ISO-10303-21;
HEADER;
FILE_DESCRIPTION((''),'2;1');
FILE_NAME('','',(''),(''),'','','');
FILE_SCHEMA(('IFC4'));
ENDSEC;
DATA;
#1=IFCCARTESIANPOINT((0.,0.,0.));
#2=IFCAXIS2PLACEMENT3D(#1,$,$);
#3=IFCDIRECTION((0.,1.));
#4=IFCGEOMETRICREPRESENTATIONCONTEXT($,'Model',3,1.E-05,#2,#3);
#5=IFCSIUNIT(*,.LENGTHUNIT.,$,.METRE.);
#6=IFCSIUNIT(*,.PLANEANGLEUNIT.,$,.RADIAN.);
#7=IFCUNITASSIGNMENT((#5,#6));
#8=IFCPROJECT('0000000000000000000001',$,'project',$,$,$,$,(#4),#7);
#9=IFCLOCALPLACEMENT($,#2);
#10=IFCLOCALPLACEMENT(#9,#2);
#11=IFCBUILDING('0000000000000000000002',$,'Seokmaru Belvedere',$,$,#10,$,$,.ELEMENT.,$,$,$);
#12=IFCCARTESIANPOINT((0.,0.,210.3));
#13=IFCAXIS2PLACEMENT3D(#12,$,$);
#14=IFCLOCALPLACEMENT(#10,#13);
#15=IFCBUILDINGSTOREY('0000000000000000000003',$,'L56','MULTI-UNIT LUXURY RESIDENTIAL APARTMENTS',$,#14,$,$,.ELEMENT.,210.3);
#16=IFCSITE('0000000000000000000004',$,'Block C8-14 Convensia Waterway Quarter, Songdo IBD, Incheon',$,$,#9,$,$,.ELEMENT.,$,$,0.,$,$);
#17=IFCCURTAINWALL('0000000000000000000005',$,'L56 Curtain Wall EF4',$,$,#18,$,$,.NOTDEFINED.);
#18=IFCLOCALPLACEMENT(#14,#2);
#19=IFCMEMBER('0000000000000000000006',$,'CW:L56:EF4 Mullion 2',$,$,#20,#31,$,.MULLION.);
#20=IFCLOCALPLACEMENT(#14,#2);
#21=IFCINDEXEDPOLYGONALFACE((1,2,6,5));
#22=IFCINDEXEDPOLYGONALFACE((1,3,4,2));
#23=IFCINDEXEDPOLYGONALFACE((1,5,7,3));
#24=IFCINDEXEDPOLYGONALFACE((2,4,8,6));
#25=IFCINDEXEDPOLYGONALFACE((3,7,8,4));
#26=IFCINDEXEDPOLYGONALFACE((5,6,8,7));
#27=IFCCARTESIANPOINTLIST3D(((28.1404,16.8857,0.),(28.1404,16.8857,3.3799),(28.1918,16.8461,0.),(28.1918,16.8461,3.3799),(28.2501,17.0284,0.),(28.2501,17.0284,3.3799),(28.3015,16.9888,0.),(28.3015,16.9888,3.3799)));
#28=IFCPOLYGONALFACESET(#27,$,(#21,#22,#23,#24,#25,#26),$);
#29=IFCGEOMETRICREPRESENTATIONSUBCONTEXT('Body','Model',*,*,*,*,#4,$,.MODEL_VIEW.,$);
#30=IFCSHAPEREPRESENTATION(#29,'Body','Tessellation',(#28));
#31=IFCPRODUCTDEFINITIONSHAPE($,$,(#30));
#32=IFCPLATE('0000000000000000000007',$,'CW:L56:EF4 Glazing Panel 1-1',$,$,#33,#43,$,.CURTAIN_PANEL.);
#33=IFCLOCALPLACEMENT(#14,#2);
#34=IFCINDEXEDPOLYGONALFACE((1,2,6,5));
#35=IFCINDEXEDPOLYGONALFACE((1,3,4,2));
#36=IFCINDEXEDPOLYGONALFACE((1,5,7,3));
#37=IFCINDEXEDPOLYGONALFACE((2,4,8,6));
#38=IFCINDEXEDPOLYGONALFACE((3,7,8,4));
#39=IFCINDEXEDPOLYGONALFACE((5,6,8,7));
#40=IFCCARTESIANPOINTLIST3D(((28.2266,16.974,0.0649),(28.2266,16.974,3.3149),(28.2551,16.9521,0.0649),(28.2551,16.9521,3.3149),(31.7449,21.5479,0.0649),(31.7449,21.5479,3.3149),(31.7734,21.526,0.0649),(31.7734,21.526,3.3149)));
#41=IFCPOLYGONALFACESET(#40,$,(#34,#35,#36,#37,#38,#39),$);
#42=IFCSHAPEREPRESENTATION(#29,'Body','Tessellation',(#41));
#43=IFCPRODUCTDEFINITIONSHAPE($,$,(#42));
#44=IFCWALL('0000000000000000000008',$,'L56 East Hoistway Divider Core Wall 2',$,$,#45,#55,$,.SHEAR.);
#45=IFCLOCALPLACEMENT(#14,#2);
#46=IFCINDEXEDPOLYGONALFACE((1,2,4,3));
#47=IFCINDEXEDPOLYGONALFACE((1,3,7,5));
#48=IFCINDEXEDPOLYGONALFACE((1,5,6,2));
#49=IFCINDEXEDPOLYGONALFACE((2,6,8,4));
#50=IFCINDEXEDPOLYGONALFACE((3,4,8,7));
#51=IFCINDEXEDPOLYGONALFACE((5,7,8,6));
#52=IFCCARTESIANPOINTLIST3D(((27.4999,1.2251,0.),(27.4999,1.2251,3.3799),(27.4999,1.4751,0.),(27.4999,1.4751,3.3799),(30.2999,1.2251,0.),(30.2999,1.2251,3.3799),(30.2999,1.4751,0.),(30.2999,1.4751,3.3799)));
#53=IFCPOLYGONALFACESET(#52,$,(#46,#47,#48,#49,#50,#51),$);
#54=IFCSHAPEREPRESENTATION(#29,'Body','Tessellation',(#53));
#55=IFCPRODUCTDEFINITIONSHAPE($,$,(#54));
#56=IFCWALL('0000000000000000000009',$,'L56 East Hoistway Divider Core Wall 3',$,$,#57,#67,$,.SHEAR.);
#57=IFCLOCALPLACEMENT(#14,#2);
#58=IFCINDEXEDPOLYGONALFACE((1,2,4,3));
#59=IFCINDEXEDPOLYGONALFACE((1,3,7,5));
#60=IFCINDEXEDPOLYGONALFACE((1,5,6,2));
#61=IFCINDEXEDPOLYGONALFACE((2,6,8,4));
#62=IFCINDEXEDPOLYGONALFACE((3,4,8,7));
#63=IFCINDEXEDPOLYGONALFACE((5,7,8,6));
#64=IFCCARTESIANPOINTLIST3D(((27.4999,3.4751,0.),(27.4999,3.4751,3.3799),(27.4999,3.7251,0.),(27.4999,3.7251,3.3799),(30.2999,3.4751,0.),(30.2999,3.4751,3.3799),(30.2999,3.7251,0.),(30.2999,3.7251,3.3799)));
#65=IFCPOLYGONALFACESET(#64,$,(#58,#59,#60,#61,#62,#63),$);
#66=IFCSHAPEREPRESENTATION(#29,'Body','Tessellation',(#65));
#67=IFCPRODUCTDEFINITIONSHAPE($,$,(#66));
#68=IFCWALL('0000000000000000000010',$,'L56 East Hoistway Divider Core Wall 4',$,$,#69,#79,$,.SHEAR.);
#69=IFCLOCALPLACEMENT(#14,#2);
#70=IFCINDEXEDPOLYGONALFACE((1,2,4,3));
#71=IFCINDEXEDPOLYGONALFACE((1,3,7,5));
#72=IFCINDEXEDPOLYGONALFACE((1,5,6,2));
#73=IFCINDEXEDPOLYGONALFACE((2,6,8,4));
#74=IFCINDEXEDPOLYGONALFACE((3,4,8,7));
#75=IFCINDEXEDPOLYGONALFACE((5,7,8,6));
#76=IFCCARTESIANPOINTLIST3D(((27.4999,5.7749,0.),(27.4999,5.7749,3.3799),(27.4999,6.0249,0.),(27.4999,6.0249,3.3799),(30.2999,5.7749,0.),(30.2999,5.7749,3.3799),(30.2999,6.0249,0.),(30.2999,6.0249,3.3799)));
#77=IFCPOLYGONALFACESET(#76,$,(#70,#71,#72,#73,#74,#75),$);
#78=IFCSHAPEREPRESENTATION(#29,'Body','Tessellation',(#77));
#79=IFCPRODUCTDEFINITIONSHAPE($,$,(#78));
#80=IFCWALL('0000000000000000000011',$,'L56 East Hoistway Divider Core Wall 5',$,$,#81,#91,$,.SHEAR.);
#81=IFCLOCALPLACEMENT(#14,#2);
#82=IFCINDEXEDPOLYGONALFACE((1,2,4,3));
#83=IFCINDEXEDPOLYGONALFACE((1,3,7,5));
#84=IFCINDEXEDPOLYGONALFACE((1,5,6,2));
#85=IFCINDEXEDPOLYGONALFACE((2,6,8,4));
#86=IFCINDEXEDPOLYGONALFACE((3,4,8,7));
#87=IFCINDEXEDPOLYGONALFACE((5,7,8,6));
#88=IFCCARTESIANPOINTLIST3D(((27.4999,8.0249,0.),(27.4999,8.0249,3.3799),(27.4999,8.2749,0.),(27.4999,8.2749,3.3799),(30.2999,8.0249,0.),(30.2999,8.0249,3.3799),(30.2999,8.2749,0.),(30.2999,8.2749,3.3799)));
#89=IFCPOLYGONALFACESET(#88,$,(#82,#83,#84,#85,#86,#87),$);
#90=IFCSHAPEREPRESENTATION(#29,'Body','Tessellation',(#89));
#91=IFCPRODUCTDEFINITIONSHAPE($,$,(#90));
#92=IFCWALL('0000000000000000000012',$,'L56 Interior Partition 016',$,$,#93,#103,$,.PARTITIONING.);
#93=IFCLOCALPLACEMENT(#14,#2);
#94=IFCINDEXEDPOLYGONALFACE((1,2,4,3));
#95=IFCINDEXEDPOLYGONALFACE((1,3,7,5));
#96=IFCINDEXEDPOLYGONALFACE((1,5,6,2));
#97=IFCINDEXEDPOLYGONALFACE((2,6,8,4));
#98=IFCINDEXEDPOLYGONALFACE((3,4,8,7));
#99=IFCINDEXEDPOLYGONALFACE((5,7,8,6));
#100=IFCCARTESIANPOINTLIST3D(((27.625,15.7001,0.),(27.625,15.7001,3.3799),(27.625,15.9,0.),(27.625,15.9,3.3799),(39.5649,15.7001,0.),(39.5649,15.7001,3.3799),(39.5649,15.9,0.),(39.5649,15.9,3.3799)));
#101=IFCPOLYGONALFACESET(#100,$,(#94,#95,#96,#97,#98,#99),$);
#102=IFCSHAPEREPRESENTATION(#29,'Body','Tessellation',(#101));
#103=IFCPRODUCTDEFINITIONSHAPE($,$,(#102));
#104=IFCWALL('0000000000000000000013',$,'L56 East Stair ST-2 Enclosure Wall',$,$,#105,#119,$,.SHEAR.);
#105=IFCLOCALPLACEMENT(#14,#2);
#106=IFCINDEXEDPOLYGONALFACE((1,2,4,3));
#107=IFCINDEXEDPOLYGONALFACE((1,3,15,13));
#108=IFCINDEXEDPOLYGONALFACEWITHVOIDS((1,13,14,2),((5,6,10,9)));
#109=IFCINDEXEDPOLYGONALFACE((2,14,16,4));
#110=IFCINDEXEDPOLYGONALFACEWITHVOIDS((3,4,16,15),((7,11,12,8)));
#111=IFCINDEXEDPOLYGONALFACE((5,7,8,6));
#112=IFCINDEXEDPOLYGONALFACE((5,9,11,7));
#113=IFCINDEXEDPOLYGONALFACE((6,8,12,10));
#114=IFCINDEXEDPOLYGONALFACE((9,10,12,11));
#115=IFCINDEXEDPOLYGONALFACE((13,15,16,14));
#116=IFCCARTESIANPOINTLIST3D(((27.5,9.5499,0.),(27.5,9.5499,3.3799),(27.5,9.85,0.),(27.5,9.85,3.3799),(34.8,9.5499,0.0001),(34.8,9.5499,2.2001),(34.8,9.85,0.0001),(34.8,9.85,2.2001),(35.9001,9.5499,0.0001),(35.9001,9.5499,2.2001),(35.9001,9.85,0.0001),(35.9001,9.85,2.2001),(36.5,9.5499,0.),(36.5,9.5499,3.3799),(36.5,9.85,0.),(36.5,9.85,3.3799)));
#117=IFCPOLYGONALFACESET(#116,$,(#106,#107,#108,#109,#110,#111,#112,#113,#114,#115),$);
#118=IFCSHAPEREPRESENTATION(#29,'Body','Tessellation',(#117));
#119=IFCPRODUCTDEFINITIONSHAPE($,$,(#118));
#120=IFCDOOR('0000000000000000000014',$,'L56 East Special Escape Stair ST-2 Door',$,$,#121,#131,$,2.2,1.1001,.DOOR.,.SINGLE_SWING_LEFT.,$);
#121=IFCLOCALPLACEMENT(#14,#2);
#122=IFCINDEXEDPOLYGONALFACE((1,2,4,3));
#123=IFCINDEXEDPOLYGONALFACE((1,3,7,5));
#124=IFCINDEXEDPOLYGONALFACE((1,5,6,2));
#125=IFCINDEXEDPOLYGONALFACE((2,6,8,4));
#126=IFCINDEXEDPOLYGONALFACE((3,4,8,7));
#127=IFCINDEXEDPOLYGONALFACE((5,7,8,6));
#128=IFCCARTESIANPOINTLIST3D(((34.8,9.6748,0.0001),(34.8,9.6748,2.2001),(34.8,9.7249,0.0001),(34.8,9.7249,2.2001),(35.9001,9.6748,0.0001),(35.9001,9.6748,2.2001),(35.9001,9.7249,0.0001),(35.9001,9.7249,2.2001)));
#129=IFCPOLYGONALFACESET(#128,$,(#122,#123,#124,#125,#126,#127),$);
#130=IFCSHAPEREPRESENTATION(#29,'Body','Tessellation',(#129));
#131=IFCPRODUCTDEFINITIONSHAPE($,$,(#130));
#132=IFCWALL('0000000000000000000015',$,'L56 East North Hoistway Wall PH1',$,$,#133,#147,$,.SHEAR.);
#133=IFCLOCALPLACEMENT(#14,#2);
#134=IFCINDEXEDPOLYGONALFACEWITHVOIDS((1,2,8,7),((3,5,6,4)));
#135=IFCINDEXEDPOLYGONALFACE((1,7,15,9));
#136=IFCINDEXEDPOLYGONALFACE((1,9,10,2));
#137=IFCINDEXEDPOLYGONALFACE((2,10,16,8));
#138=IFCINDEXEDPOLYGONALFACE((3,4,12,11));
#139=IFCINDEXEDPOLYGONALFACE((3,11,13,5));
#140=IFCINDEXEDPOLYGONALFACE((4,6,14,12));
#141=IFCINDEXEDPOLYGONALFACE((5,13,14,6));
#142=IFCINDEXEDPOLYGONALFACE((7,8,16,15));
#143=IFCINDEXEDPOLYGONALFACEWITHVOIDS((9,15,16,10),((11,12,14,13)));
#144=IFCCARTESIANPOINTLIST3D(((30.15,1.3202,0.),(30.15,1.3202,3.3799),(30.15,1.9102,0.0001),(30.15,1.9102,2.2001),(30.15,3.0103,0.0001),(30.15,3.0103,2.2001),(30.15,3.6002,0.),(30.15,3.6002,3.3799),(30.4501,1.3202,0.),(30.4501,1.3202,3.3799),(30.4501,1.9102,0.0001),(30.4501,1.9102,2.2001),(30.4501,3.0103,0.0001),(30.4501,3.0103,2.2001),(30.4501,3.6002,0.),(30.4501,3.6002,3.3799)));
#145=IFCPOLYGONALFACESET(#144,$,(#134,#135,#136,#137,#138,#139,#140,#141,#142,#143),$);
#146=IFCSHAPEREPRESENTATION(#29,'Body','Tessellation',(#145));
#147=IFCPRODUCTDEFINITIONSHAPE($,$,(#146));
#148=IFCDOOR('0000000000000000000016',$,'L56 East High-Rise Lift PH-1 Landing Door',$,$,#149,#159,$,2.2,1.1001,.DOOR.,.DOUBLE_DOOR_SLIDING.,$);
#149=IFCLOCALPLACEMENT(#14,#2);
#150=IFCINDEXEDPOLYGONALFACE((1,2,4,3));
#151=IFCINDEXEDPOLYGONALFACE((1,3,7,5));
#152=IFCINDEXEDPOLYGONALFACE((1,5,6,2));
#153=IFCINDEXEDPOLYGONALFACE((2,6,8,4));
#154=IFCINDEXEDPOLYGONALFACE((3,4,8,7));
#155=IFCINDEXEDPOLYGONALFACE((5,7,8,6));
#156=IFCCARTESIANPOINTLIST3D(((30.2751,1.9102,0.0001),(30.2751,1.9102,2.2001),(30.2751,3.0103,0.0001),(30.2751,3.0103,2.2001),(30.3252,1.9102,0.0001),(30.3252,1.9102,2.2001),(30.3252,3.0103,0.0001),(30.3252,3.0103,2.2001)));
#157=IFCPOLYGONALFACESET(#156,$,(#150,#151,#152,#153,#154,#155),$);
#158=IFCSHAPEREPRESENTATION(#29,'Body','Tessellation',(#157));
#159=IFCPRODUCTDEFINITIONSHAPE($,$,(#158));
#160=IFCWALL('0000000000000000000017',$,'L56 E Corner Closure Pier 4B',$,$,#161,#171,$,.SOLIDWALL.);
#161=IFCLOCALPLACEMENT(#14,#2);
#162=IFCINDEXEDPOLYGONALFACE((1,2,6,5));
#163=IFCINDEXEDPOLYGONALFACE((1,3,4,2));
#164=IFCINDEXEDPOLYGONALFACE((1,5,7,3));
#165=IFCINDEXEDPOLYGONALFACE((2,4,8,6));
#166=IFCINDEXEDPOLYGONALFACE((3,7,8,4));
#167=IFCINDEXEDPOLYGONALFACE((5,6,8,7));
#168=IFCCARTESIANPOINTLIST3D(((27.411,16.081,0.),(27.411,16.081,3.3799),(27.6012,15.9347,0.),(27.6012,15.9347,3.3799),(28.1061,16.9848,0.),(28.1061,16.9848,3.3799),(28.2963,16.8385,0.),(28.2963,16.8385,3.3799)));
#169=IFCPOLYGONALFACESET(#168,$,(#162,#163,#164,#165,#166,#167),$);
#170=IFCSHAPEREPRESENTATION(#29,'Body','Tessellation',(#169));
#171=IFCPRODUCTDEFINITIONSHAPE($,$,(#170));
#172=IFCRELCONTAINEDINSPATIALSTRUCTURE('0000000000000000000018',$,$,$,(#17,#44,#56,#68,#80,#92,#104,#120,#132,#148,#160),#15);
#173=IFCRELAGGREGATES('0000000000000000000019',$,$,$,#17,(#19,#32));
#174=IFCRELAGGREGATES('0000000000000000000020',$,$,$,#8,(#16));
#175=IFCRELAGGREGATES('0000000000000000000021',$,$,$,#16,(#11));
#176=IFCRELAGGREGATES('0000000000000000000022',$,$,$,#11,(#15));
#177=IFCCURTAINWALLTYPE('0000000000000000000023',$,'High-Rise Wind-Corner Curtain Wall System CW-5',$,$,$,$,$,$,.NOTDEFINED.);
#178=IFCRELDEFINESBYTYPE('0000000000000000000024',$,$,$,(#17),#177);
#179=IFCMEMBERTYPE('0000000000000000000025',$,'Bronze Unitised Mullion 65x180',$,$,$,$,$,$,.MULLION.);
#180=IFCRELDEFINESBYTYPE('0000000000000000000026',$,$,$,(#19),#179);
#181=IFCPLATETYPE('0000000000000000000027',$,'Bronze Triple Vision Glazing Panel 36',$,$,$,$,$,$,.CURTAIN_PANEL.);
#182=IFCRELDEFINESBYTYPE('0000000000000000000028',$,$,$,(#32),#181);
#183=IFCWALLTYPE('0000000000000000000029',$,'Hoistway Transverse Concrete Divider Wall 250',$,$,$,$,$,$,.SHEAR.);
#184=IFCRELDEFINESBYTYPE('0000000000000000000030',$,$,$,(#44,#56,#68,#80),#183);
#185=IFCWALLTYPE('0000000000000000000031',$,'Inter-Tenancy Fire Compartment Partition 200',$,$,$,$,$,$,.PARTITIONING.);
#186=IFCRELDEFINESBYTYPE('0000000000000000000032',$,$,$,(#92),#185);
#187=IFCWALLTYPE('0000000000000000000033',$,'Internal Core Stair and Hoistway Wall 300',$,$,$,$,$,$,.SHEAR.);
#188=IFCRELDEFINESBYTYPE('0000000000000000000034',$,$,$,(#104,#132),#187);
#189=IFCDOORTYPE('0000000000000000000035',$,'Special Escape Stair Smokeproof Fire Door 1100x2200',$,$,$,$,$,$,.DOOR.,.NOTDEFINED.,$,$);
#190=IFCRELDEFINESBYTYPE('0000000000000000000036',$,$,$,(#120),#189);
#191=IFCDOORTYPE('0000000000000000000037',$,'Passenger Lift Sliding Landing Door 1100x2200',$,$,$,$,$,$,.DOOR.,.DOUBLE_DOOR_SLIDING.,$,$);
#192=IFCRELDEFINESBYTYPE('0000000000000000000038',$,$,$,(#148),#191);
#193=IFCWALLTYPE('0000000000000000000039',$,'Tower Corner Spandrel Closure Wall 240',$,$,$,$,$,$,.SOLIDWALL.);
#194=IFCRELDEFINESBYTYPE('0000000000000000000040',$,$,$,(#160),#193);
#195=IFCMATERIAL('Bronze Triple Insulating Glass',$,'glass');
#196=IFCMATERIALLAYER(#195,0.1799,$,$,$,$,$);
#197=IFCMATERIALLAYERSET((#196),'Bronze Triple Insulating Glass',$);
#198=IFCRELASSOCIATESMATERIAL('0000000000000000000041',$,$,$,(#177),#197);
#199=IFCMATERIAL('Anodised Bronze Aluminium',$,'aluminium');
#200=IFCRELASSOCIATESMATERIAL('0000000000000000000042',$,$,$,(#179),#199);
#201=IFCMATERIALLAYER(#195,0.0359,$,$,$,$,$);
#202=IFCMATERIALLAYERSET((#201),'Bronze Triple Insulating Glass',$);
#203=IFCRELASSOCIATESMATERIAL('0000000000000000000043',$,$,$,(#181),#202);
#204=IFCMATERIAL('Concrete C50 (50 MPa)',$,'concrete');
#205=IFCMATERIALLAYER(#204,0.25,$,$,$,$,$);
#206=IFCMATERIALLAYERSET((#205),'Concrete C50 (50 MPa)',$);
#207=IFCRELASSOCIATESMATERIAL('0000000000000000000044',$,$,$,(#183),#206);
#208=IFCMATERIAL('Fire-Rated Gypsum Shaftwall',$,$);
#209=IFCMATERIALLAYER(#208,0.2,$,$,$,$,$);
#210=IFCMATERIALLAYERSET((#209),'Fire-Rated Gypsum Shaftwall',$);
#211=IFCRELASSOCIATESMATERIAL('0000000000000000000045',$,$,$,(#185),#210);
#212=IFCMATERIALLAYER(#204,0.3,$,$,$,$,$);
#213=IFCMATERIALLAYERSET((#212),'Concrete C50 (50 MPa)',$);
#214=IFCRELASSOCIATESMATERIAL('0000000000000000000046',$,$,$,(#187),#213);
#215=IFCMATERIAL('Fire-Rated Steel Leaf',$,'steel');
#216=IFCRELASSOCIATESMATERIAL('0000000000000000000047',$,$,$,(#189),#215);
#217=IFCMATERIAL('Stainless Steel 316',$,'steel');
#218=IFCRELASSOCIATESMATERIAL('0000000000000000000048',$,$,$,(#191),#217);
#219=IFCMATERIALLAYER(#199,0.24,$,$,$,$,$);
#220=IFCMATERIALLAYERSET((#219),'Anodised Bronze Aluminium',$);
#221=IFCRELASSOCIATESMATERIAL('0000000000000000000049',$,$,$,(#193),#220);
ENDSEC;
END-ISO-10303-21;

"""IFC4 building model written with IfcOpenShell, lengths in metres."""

from ifc_helpers import new_model, si_unit, direction, frame, frame_2d, origin, origin_2d, place, context, subcontext, project, spatial, rectangle, extrude, source, transform, mapped, material, layer, layer_set, material_profile, profile_set, type_object, type_shapes, element, fill, aggregate, save


model = new_model("IFC4")

# Units and contexts
model_context = context("Model", 3, precision=1e-05, world=origin(), true_north=direction((0.0, 1.0)))
body_context = subcontext(model_context, "Body", "Model", "MODEL_VIEW")
ifc_project = project(units=[si_unit("LENGTHUNIT", "METRE"), si_unit("PLANEANGLEUNIT", "RADIAN")], contexts=[model_context])

# Site, building, storey
site_placement = place(None, origin())
site = spatial("IfcSite", under=ifc_project, at=site_placement, Name="Block C8-14 Convensia Waterway Quarter, Songdo IBD, Incheon", CompositionType="ELEMENT", RefElevation=0.0)
building_placement = place(site_placement, origin())
building = spatial("IfcBuilding", under=site, at=building_placement, Name="Seokmaru Belvedere", CompositionType="ELEMENT")
storey_placement = place(building_placement, frame((0.0, 0.0, 210.3)))
storey = spatial("IfcBuildingStorey", under=building, at=storey_placement, Name="L56", Description="MULTI-UNIT LUXURY RESIDENTIAL APARTMENTS", CompositionType="ELEMENT", Elevation=210.3)

# Curtain wall, member, plate
ifc_material_1 = material(Name="Bronze Triple Insulating Glass", Category="glass")
ifc_layer_1 = layer(ifc_material_1, 0.1799)
ifc_layer_set_1 = layer_set([ifc_layer_1], Name="Bronze Triple Insulating Glass")
curtain_wall_type = type_object("IfcCurtainWallType", Name="High-Rise Wind-Corner Curtain Wall System CW-5", PredefinedType="NOTDEFINED", material=ifc_layer_set_1)
curtain_wall_placement = place(storey_placement, origin())
curtain_wall = element("IfcCurtainWall", 1, at=curtain_wall_placement, inside=storey, type_object=curtain_wall_type, Name="L56 Curtain Wall EF4", PredefinedType="NOTDEFINED")
ifc_material_2 = material(Name="Anodised Bronze Aluminium", Category="aluminium")
ifc_material_profile_1 = material_profile(ifc_material_2, rectangle(XDim=0.0649, YDim=0.1799, at=origin_2d()), Name="CW-M-65x180")
ifc_profile_set_1 = profile_set([ifc_material_profile_1], Name="Anodised Bronze Aluminium")
member_type = type_object("IfcMemberType", Name="Bronze Unitised Mullion 65x180", PredefinedType="MULLION", material=ifc_profile_set_1)
shared_shape_1 = source(origin(), body_context, "Body", "SweptSolid", [
    extrude(rectangle(XDim=0.0649, YDim=0.1799, at=origin_2d()), origin(), (0.0, 0.0, 1.0), 3.3799),
])
type_shapes(member_type, [shared_shape_1])
member_placement = place(storey_placement, frame((28.2209, 16.9373, 0.0), z_axis=(0.0, 0.0, 1.0), x_axis=(0.792631, -0.609701, 0.0)))
member = element("IfcMember", 2, at=member_placement, type_object=member_type, Name="CW:L56:EF4 Mullion 2", PredefinedType="MULLION", context=body_context, shape_type="MappedRepresentation", body=[
    mapped(shared_shape_1, transform((0.0, 0.0, 0.0), scale=1.0)),
])
ifc_layer_2 = layer(ifc_material_1, 0.0359)
ifc_layer_set_2 = layer_set([ifc_layer_2], Name="Bronze Triple Insulating Glass")
plate_type = type_object("IfcPlateType", Name="Bronze Triple Vision Glazing Panel 36", PredefinedType="CURTAIN_PANEL", material=ifc_layer_set_2)
shared_shape_2 = source(origin(), body_context, "Body", "SweptSolid", [
    extrude(rectangle(XDim=5.7705, YDim=0.0359, at=origin_2d()), origin(), (0.0, 0.0, 1.0), 3.25),
])
type_shapes(plate_type, [shared_shape_2])
plate_placement = place(storey_placement, frame((30.0, 19.25, 0.0649), z_axis=(0.0, 0.0, 1.0), x_axis=(-0.609701, -0.792631, 0.0)))
plate = element("IfcPlate", 3, at=plate_placement, type_object=plate_type, Name="CW:L56:EF4 Glazing Panel 1-1", PredefinedType="CURTAIN_PANEL", context=body_context, shape_type="MappedRepresentation", body=[
    mapped(shared_shape_2, transform((0.0, 0.0, 0.0), scale=1.0)),
])
aggregate(curtain_wall, [member, plate])

# Walls
ifc_material_3 = material(Name="Concrete C50 (50 MPa)", Category="concrete")
ifc_layer_3 = layer(ifc_material_3, 0.25)
ifc_layer_set_3 = layer_set([ifc_layer_3], Name="Concrete C50 (50 MPa)")
wall_type_1 = type_object("IfcWallType", Name="Hoistway Transverse Concrete Divider Wall 250", PredefinedType="SHEAR", material=ifc_layer_set_3)
for number, where, z_axis, x_axis, name in (
    (4, (27.5, 1.3501, 0.0), (0.0, 0.0, 1.0), (1.0, 0.0, 0.0), "L56 East Hoistway Divider Core Wall 2"),
    (5, (27.5, 3.6001, 0.0), (0.0, 0.0, 1.0), (1.0, 0.0, 0.0), "L56 East Hoistway Divider Core Wall 3"),
    (6, (27.5, 5.8999, 0.0), (0.0, 0.0, 1.0), (1.0, 0.0, 0.0), "L56 East Hoistway Divider Core Wall 4"),
    (7, (27.5, 8.1499, 0.0), (0.0, 0.0, 1.0), (1.0, 0.0, 0.0), "L56 East Hoistway Divider Core Wall 5"),
):
    element("IfcWall", number, at=place(storey_placement, frame(where, z_axis=z_axis, x_axis=x_axis)), inside=storey, type_object=wall_type_1, Name=name, PredefinedType="SHEAR", context=body_context, shape_type="SweptSolid", body=[
        extrude(rectangle(XDim=2.8, YDim=0.25, at=frame_2d((1.3999, 0.0))), origin(), (0.0, 0.0, 1.0), 3.3799),
    ])
ifc_material_4 = material(Name="Fire-Rated Gypsum Shaftwall")
ifc_layer_4 = layer(ifc_material_4, 0.2)
ifc_layer_set_4 = layer_set([ifc_layer_4], Name="Fire-Rated Gypsum Shaftwall")
wall_type_2 = type_object("IfcWallType", Name="Inter-Tenancy Fire Compartment Partition 200", PredefinedType="PARTITIONING", material=ifc_layer_set_4)
wall_1_placement = place(storey_placement, frame((27.625, 15.8, 0.0), z_axis=(0.0, 0.0, 1.0), x_axis=(1.0, 0.0, 0.0)))
element("IfcWall", 8, at=wall_1_placement, inside=storey, type_object=wall_type_2, Name="L56 Interior Partition 016", PredefinedType="PARTITIONING", context=body_context, shape_type="SweptSolid", body=[
    extrude(rectangle(XDim=11.9399, YDim=0.2, at=frame_2d((5.97, 0.0))), origin(), (0.0, 0.0, 1.0), 3.3799),
])

# Walls, openings, doors
ifc_layer_5 = layer(ifc_material_3, 0.3)
ifc_layer_set_5 = layer_set([ifc_layer_5], Name="Concrete C50 (50 MPa)")
wall_type_3 = type_object("IfcWallType", Name="Internal Core Stair and Hoistway Wall 300", PredefinedType="SHEAR", material=ifc_layer_set_5)
wall_2_placement = place(storey_placement, frame((27.5, 9.7, 0.0), z_axis=(0.0, 0.0, 1.0), x_axis=(1.0, 0.0, 0.0)))
wall_2 = element("IfcWall", 9, at=wall_2_placement, inside=storey, type_object=wall_type_3, Name="L56 East Stair ST-2 Enclosure Wall", PredefinedType="SHEAR", context=body_context, shape_type="SweptSolid", body=[
    extrude(rectangle(XDim=9.0, YDim=0.3, at=frame_2d((4.5, 0.0))), origin(), (0.0, 0.0, 1.0), 3.3799),
])
opening_1_placement = place(wall_2_placement, frame((7.3, 0.0, 0.0)))
opening_1 = element("IfcOpeningElement", 10, at=opening_1_placement, cuts=wall_2, PredefinedType="OPENING", context=body_context, shape_type="SweptSolid", body=[
    extrude(rectangle(XDim=1.1001, YDim=2.2, at=frame_2d((0.55, 1.1001))), frame((0.0, 0.1602, 0.0), z_axis=(0.0, -1.0, 0.0), x_axis=(1.0, 0.0, 0.0)), (0.0, 0.0, 1.0), 0.3201),
])
ifc_material_5 = material(Name="Fire-Rated Steel Leaf", Category="steel")
door_type_1 = type_object("IfcDoorType", Name="Special Escape Stair Smokeproof Fire Door 1100x2200", OperationType="NOTDEFINED", PredefinedType="DOOR", material=ifc_material_5)
shared_shape_3 = source(origin(), body_context, "Body", "SweptSolid", [
    extrude(rectangle(XDim=1.1001, YDim=2.2, at=frame_2d((0.55, 1.1001))), frame((0.0, 0.0249, 0.0), z_axis=(0.0, -1.0, 0.0), x_axis=(1.0, 0.0, 0.0)), (0.0, 0.0, 1.0), 0.05),
])
type_shapes(door_type_1, [shared_shape_3])
door_1_placement = place(opening_1_placement, origin())
door_1 = element("IfcDoor", 11, at=door_1_placement, inside=storey, type_object=door_type_1, Name="L56 East Special Escape Stair ST-2 Door", OperationType="SINGLE_SWING_LEFT", OverallHeight=2.2, OverallWidth=1.1001, PredefinedType="DOOR", context=body_context, shape_type="MappedRepresentation", body=[
    mapped(shared_shape_3, transform((0.0, 0.0, 0.0), scale=1.0)),
])
fill(opening_1, door_1)
wall_3_placement = place(storey_placement, frame((30.3, 1.3201, 0.0), z_axis=(0.0, 0.0, 1.0), x_axis=(0.0, 1.0, 0.0)))
wall_3 = element("IfcWall", 12, at=wall_3_placement, inside=storey, type_object=wall_type_3, Name="L56 East North Hoistway Wall PH1", PredefinedType="SHEAR", context=body_context, shape_type="SweptSolid", body=[
    extrude(rectangle(XDim=2.28, YDim=0.3, at=frame_2d((1.1401, 0.0))), origin(), (0.0, 0.0, 1.0), 3.3799),
])
opening_2_placement = place(wall_3_placement, frame((0.5901, 0.0, 0.0)))
opening_2 = element("IfcOpeningElement", 13, at=opening_2_placement, cuts=wall_3, PredefinedType="OPENING", context=body_context, shape_type="SweptSolid", body=[
    extrude(rectangle(XDim=1.1001, YDim=2.2, at=frame_2d((0.55, 1.1001))), frame((0.0, 0.1602, 0.0), z_axis=(0.0, -1.0, 0.0), x_axis=(1.0, 0.0, 0.0)), (0.0, 0.0, 1.0), 0.3201),
])
ifc_material_6 = material(Name="Stainless Steel 316", Category="steel")
door_type_2 = type_object("IfcDoorType", Name="Passenger Lift Sliding Landing Door 1100x2200", OperationType="DOUBLE_DOOR_SLIDING", PredefinedType="DOOR", material=ifc_material_6)
shared_shape_4 = source(origin(), body_context, "Body", "SweptSolid", [
    extrude(rectangle(XDim=1.1001, YDim=2.2, at=frame_2d((0.55, 1.1001))), frame((0.0, 0.0249, 0.0), z_axis=(0.0, -1.0, 0.0), x_axis=(1.0, 0.0, 0.0)), (0.0, 0.0, 1.0), 0.05),
])
type_shapes(door_type_2, [shared_shape_4])
door_2_placement = place(opening_2_placement, origin())
door_2 = element("IfcDoor", 14, at=door_2_placement, inside=storey, type_object=door_type_2, Name="L56 East High-Rise Lift PH-1 Landing Door", OperationType="DOUBLE_DOOR_SLIDING", OverallHeight=2.2, OverallWidth=1.1001, PredefinedType="DOOR", context=body_context, shape_type="MappedRepresentation", body=[
    mapped(shared_shape_4, transform((0.0, 0.0, 0.0), scale=1.0)),
])
fill(opening_2, door_2)

# Wall
ifc_layer_6 = layer(ifc_material_2, 0.24)
ifc_layer_set_6 = layer_set([ifc_layer_6], Name="Anodised Bronze Aluminium")
wall_type_4 = type_object("IfcWallType", Name="Tower Corner Spandrel Closure Wall 240", PredefinedType="SOLIDWALL", material=ifc_layer_set_6)
wall_4_placement = place(storey_placement, frame((28.2012, 16.9116, 0.0), z_axis=(0.0, 0.0, 1.0), x_axis=(-0.609618, -0.792696, 0.0)))
element("IfcWall", 15, at=wall_4_placement, inside=storey, type_object=wall_type_4, Name="L56 E Corner Closure Pier 4B", PredefinedType="SOLIDWALL", context=body_context, shape_type="SweptSolid", body=[
    extrude(rectangle(XDim=1.1401, YDim=0.24, at=frame_2d((0.5701, 0.0))), origin(), (0.0, 0.0, 1.0), 3.3799),
])

save(model, "model.ifc")
